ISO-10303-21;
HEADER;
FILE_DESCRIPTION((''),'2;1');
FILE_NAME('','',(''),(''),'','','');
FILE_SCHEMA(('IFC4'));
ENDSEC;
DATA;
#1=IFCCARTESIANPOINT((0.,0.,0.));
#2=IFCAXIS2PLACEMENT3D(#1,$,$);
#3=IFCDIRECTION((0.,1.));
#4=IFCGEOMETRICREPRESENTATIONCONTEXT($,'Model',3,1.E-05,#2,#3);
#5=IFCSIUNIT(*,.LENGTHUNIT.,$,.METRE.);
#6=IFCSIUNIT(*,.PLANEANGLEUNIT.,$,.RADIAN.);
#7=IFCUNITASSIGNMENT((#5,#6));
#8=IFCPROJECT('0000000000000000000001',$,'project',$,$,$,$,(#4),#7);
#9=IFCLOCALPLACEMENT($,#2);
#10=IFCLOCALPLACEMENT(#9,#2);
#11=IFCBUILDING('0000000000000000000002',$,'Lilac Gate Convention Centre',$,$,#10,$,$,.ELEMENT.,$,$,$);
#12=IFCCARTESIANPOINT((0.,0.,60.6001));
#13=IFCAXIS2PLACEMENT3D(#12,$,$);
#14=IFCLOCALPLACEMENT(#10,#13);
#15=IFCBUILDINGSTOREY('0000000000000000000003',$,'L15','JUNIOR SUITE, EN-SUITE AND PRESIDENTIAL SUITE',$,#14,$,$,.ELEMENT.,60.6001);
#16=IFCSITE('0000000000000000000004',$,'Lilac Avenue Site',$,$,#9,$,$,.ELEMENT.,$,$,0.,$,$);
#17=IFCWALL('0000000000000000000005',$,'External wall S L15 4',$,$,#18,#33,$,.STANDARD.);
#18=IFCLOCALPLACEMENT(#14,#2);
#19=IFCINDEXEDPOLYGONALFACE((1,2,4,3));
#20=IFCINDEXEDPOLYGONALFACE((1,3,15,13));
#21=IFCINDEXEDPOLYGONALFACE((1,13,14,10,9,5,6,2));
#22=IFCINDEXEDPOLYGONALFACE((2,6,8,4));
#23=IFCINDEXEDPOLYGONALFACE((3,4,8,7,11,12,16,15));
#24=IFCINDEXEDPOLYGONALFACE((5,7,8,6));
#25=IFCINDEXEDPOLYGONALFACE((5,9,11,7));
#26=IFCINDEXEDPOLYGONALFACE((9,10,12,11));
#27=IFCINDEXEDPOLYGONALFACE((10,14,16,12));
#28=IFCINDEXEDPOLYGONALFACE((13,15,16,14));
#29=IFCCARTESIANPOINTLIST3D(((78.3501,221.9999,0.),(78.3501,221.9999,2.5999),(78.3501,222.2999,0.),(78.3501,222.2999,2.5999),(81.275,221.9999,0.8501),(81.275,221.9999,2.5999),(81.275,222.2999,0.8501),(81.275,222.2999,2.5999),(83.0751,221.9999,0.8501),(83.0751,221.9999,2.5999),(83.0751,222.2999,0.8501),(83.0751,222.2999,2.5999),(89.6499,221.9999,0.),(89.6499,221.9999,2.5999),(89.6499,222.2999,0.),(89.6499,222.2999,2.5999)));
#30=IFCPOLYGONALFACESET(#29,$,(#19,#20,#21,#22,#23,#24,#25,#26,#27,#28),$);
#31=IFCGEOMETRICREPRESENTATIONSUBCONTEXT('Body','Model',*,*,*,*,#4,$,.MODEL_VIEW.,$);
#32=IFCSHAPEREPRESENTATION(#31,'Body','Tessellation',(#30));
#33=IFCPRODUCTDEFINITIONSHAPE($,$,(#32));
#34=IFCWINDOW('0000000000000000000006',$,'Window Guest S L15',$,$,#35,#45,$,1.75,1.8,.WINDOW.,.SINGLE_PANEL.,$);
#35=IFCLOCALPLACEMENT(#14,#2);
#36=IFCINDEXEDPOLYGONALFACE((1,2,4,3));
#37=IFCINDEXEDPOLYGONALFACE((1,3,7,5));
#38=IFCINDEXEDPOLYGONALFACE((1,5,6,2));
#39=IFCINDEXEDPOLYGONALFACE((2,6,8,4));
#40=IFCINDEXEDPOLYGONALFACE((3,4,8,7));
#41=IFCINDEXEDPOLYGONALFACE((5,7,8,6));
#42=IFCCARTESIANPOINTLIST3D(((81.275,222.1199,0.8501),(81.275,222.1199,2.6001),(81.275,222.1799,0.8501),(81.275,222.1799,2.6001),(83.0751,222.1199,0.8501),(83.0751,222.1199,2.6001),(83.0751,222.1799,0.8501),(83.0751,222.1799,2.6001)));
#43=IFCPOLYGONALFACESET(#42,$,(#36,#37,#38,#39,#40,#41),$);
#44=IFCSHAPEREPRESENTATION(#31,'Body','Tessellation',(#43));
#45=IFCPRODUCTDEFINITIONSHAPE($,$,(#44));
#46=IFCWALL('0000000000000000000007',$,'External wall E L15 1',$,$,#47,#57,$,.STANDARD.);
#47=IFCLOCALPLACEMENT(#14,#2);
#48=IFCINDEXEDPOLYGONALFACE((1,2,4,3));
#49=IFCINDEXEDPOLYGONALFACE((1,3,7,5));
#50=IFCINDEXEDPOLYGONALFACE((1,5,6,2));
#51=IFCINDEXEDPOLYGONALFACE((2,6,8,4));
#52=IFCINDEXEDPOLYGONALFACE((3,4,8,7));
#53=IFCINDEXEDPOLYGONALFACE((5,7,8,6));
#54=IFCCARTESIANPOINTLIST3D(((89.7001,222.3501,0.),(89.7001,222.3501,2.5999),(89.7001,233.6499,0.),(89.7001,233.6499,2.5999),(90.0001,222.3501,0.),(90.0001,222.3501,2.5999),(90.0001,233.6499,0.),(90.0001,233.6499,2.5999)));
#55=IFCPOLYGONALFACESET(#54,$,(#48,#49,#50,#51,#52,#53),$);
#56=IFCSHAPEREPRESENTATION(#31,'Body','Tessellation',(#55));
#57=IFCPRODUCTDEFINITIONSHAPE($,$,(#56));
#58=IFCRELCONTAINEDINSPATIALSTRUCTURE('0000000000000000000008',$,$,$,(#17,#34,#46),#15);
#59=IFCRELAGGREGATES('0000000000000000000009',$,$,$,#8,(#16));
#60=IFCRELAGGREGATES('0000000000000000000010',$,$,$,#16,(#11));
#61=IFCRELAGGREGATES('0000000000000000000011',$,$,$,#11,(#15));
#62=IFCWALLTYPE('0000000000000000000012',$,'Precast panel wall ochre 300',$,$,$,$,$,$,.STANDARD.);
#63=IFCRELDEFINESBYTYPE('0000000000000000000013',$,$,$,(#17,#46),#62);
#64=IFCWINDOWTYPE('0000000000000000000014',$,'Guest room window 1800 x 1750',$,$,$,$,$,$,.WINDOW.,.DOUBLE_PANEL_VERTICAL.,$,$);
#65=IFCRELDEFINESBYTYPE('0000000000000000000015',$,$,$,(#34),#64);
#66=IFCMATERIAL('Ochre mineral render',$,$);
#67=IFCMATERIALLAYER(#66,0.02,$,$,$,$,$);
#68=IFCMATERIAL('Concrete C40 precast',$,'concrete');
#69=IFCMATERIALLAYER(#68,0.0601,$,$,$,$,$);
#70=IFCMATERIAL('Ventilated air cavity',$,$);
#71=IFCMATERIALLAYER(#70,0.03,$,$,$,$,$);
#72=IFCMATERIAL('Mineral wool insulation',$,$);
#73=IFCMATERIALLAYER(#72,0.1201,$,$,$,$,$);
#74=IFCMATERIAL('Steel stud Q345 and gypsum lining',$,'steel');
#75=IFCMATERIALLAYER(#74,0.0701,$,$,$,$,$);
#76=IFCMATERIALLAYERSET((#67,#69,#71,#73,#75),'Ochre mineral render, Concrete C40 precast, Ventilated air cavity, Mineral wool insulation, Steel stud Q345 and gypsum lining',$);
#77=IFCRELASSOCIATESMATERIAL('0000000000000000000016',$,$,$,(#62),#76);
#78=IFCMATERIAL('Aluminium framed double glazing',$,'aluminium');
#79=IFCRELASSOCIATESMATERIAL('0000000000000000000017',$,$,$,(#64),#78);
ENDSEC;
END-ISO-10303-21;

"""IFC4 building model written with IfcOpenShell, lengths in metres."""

from ifc_helpers import new_model, si_unit, direction, frame, frame_2d, origin, place, context, subcontext, project, spatial, rectangle, extrude, material, layer, layer_set, type_object, element, fill, save


model = new_model("IFC4")

# Units and contexts
model_context = context("Model", 3, precision=1e-05, world=origin(), true_north=direction((0.0, 1.0)))
body_context = subcontext(model_context, "Body", "Model", "MODEL_VIEW")
ifc_project = project(units=[si_unit("LENGTHUNIT", "METRE"), si_unit("PLANEANGLEUNIT", "RADIAN")], contexts=[model_context])

# Site, building, storey
site_placement = place(None, origin())
site = spatial("IfcSite", under=ifc_project, at=site_placement, Name="Lilac Avenue Site", CompositionType="ELEMENT", RefElevation=0.0)
building_placement = place(site_placement, origin())
building = spatial("IfcBuilding", under=site, at=building_placement, Name="Lilac Gate Convention Centre", CompositionType="ELEMENT")
storey_placement = place(building_placement, frame((0.0, 0.0, 60.6001)))
storey = spatial("IfcBuildingStorey", under=building, at=storey_placement, Name="L15", Description="JUNIOR SUITE, EN-SUITE AND PRESIDENTIAL SUITE", CompositionType="ELEMENT", Elevation=60.6001)

# Shared definitions
ifc_material_1 = material(Name="Concrete C40 precast", Category="concrete")

# Shared definitions
ifc_material_2 = material(Name="Ochre mineral render")
ifc_layer_1 = layer(ifc_material_2, 0.02)
ifc_layer_2 = layer(ifc_material_1, 0.0601)
ifc_material_3 = material(Name="Ventilated air cavity")
ifc_layer_3 = layer(ifc_material_3, 0.03)
ifc_material_4 = material(Name="Mineral wool insulation")
ifc_layer_4 = layer(ifc_material_4, 0.1201)
ifc_material_5 = material(Name="Steel stud Q345 and gypsum lining", Category="steel")
ifc_layer_5 = layer(ifc_material_5, 0.0701)
ifc_layer_set_1 = layer_set([ifc_layer_1, ifc_layer_2, ifc_layer_3, ifc_layer_4, ifc_layer_5], Name="Ochre mineral render, Concrete C40 precast, Ventilated air cavity, Mineral wool insulation, Steel stud Q345 and gypsum lining")
wall_type_1 = type_object("IfcWallType", Name="Precast panel wall ochre 300", PredefinedType="STANDARD", material=ifc_layer_set_1)
ifc_material_6 = material(Name="Aluminium framed double glazing", Category="aluminium")
window_type = type_object("IfcWindowType", Name="Guest room window 1800 x 1750", PartitioningType="DOUBLE_PANEL_VERTICAL", PredefinedType="WINDOW", material=ifc_material_6)

# Wall, opening, window
wall_1_placement = place(storey_placement, frame((78.3501, 222.1499, 0.0), z_axis=(0.0, 0.0, 1.0), x_axis=(1.0, 0.0, 0.0)))
wall_1 = element("IfcWall", 1, at=wall_1_placement, inside=storey, type_object=wall_type_1, Name="External wall S L15 4", PredefinedType="STANDARD", context=body_context, shape_type="SweptSolid", body=[
    extrude(rectangle(XDim=11.2998, YDim=0.3, at=frame_2d((5.6499, 0.0))), origin(), (0.0, 0.0, 1.0), 2.5999),
])
opening_1_placement = place(wall_1_placement, frame((2.925, 0.0, 0.8501)))
opening_1 = element("IfcOpeningElement", 2, at=opening_1_placement, cuts=wall_1, PredefinedType="OPENING", context=body_context, shape_type="SweptSolid", body=[
    extrude(rectangle(XDim=1.8, YDim=1.75, at=frame_2d((0.8999, 0.875))), frame((0.0, 0.1599, 0.0), z_axis=(0.0, -1.0, 0.0), x_axis=(1.0, 0.0, 0.0)), (0.0, 0.0, 1.0), 0.3201),
])
window_1_placement = place(opening_1_placement, origin())
window_1 = element("IfcWindow", 3, at=window_1_placement, inside=storey, type_object=window_type, Name="Window Guest S L15", OverallHeight=1.75, OverallWidth=1.8, PartitioningType="SINGLE_PANEL", PredefinedType="WINDOW", context=body_context, shape_type="SweptSolid", body=[
    extrude(rectangle(XDim=1.8, YDim=1.75, at=frame_2d((0.8999, 0.875))), frame((0.0, 0.03, 0.0), z_axis=(0.0, -1.0, 0.0), x_axis=(1.0, 0.0, 0.0)), (0.0, 0.0, 1.0), 0.0601),
])
fill(opening_1, window_1)

# Wall
wall_2_placement = place(storey_placement, frame((89.8501, 222.3501, 0.0), z_axis=(0.0, 0.0, 1.0), x_axis=(0.0, 1.0, 0.0)))
element("IfcWall", 4, at=wall_2_placement, inside=storey, type_object=wall_type_1, Name="External wall E L15 1", PredefinedType="STANDARD", context=body_context, shape_type="SweptSolid", body=[
    extrude(rectangle(XDim=11.2998, YDim=0.3, at=frame_2d((5.6499, 0.0))), origin(), (0.0, 0.0, 1.0), 2.5999),
])

save(model, "model.ifc")
